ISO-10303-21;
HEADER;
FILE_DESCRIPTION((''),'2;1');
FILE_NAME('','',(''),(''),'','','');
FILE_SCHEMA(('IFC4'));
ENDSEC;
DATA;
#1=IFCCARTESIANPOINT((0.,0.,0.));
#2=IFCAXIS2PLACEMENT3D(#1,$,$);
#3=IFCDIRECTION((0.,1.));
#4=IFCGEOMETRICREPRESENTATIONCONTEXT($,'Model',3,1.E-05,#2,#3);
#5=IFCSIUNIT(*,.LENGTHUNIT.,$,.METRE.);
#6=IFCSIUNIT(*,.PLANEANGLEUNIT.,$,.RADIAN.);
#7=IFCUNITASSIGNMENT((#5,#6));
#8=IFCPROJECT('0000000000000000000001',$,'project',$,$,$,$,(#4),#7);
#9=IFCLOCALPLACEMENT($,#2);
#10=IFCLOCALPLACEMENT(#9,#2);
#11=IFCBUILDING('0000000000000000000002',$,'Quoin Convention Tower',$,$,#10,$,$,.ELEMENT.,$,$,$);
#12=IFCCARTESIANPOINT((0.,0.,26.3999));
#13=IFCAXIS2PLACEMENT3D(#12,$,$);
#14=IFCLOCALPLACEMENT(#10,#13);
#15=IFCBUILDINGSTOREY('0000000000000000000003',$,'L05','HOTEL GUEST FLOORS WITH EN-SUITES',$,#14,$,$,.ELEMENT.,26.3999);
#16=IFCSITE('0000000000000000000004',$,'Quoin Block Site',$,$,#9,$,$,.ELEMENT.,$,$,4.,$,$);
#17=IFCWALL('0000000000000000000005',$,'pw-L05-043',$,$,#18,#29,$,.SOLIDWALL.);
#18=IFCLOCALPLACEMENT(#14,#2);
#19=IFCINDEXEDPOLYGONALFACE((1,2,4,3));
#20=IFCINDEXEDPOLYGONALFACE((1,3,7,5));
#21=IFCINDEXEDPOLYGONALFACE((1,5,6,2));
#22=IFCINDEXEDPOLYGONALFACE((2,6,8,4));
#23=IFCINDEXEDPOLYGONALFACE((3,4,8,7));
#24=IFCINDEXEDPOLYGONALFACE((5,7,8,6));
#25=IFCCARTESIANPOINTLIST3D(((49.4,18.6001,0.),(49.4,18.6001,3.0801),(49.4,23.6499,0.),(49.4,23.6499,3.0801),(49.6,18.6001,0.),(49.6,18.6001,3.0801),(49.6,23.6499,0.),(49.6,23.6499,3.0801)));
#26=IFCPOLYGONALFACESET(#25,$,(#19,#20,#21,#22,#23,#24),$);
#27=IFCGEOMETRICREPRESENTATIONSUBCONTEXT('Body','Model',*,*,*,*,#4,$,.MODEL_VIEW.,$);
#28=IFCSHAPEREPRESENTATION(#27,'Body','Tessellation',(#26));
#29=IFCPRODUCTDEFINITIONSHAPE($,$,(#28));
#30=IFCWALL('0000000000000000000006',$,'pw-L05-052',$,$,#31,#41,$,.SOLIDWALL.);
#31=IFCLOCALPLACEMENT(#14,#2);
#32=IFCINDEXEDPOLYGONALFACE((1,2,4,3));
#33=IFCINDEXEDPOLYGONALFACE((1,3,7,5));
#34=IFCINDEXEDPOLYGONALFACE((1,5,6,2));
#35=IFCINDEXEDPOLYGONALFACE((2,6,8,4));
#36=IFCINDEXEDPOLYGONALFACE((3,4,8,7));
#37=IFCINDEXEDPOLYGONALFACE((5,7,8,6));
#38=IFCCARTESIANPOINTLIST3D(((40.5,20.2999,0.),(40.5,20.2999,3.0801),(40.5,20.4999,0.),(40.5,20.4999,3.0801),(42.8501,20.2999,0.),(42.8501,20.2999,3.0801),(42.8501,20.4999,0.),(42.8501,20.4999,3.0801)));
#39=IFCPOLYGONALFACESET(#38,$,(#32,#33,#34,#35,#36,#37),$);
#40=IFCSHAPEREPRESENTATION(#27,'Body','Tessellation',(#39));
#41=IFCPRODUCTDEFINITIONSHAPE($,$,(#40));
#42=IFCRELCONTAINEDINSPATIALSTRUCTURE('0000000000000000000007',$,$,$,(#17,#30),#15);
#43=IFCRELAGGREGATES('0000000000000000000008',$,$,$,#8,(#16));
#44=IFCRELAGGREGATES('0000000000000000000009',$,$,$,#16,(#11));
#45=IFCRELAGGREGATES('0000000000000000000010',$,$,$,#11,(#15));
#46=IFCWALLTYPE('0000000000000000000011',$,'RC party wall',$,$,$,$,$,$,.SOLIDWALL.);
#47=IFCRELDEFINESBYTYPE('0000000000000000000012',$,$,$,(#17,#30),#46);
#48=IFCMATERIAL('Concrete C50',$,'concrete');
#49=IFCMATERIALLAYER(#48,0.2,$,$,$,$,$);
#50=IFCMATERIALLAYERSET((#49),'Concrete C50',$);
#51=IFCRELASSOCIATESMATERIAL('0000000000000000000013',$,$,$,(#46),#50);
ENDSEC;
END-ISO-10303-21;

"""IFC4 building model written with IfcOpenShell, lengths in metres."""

from ifc_helpers import new_model, si_unit, direction, frame, frame_2d, origin, place, context, subcontext, project, spatial, rectangle, extrude, material, layer, layer_set, type_object, element, save


model = new_model("IFC4")

# Units and contexts
model_context = context("Model", 3, precision=1e-05, world=origin(), true_north=direction((0.0, 1.0)))
body_context = subcontext(model_context, "Body", "Model", "MODEL_VIEW")
ifc_project = project(units=[si_unit("LENGTHUNIT", "METRE"), si_unit("PLANEANGLEUNIT", "RADIAN")], contexts=[model_context])

# Site, building, storey
site_placement = place(None, origin())
site = spatial("IfcSite", under=ifc_project, at=site_placement, Name="Quoin Block Site", CompositionType="ELEMENT", RefElevation=4.0)
building_placement = place(site_placement, origin())
building = spatial("IfcBuilding", under=site, at=building_placement, Name="Quoin Convention Tower", CompositionType="ELEMENT")
storey_placement = place(building_placement, frame((0.0, 0.0, 26.3999)))
storey = spatial("IfcBuildingStorey", under=building, at=storey_placement, Name="L05", Description="HOTEL GUEST FLOORS WITH EN-SUITES", CompositionType="ELEMENT", Elevation=26.3999)

# Walls
ifc_material_1 = material(Name="Concrete C50", Category="concrete")
ifc_layer = layer(ifc_material_1, 0.2)
ifc_layer_set = layer_set([ifc_layer], Name="Concrete C50")
wall_type = type_object("IfcWallType", Name="RC party wall", PredefinedType="SOLIDWALL", material=ifc_layer_set)
for number, where, z_axis, x_axis, name in (
    (1, (49.5, 18.6001, 0.0), (0.0, 0.0, 1.0), (0.0, 1.0, 0.0), "pw-L05-043"),
):
    element("IfcWall", number, at=place(storey_placement, frame(where, z_axis=z_axis, x_axis=x_axis)), inside=storey, type_object=wall_type, Name=name, PredefinedType="SOLIDWALL", context=body_context, shape_type="SweptSolid", body=[
        extrude(rectangle(XDim=5.0498, YDim=0.2, at=frame_2d((2.5249, 0.0))), origin(), (0.0, 0.0, 1.0), 3.0801),
    ])
wall_placement = place(storey_placement, frame((40.5, 20.3999, 0.0), z_axis=(0.0, 0.0, 1.0), x_axis=(1.0, 0.0, 0.0)))
element("IfcWall", 2, at=wall_placement, inside=storey, type_object=wall_type, Name="pw-L05-052", PredefinedType="SOLIDWALL", context=body_context, shape_type="SweptSolid", body=[
    extrude(rectangle(XDim=2.3501, YDim=0.2, at=frame_2d((1.175, 0.0))), origin(), (0.0, 0.0, 1.0), 3.0801),
])

save(model, "model.ifc")
